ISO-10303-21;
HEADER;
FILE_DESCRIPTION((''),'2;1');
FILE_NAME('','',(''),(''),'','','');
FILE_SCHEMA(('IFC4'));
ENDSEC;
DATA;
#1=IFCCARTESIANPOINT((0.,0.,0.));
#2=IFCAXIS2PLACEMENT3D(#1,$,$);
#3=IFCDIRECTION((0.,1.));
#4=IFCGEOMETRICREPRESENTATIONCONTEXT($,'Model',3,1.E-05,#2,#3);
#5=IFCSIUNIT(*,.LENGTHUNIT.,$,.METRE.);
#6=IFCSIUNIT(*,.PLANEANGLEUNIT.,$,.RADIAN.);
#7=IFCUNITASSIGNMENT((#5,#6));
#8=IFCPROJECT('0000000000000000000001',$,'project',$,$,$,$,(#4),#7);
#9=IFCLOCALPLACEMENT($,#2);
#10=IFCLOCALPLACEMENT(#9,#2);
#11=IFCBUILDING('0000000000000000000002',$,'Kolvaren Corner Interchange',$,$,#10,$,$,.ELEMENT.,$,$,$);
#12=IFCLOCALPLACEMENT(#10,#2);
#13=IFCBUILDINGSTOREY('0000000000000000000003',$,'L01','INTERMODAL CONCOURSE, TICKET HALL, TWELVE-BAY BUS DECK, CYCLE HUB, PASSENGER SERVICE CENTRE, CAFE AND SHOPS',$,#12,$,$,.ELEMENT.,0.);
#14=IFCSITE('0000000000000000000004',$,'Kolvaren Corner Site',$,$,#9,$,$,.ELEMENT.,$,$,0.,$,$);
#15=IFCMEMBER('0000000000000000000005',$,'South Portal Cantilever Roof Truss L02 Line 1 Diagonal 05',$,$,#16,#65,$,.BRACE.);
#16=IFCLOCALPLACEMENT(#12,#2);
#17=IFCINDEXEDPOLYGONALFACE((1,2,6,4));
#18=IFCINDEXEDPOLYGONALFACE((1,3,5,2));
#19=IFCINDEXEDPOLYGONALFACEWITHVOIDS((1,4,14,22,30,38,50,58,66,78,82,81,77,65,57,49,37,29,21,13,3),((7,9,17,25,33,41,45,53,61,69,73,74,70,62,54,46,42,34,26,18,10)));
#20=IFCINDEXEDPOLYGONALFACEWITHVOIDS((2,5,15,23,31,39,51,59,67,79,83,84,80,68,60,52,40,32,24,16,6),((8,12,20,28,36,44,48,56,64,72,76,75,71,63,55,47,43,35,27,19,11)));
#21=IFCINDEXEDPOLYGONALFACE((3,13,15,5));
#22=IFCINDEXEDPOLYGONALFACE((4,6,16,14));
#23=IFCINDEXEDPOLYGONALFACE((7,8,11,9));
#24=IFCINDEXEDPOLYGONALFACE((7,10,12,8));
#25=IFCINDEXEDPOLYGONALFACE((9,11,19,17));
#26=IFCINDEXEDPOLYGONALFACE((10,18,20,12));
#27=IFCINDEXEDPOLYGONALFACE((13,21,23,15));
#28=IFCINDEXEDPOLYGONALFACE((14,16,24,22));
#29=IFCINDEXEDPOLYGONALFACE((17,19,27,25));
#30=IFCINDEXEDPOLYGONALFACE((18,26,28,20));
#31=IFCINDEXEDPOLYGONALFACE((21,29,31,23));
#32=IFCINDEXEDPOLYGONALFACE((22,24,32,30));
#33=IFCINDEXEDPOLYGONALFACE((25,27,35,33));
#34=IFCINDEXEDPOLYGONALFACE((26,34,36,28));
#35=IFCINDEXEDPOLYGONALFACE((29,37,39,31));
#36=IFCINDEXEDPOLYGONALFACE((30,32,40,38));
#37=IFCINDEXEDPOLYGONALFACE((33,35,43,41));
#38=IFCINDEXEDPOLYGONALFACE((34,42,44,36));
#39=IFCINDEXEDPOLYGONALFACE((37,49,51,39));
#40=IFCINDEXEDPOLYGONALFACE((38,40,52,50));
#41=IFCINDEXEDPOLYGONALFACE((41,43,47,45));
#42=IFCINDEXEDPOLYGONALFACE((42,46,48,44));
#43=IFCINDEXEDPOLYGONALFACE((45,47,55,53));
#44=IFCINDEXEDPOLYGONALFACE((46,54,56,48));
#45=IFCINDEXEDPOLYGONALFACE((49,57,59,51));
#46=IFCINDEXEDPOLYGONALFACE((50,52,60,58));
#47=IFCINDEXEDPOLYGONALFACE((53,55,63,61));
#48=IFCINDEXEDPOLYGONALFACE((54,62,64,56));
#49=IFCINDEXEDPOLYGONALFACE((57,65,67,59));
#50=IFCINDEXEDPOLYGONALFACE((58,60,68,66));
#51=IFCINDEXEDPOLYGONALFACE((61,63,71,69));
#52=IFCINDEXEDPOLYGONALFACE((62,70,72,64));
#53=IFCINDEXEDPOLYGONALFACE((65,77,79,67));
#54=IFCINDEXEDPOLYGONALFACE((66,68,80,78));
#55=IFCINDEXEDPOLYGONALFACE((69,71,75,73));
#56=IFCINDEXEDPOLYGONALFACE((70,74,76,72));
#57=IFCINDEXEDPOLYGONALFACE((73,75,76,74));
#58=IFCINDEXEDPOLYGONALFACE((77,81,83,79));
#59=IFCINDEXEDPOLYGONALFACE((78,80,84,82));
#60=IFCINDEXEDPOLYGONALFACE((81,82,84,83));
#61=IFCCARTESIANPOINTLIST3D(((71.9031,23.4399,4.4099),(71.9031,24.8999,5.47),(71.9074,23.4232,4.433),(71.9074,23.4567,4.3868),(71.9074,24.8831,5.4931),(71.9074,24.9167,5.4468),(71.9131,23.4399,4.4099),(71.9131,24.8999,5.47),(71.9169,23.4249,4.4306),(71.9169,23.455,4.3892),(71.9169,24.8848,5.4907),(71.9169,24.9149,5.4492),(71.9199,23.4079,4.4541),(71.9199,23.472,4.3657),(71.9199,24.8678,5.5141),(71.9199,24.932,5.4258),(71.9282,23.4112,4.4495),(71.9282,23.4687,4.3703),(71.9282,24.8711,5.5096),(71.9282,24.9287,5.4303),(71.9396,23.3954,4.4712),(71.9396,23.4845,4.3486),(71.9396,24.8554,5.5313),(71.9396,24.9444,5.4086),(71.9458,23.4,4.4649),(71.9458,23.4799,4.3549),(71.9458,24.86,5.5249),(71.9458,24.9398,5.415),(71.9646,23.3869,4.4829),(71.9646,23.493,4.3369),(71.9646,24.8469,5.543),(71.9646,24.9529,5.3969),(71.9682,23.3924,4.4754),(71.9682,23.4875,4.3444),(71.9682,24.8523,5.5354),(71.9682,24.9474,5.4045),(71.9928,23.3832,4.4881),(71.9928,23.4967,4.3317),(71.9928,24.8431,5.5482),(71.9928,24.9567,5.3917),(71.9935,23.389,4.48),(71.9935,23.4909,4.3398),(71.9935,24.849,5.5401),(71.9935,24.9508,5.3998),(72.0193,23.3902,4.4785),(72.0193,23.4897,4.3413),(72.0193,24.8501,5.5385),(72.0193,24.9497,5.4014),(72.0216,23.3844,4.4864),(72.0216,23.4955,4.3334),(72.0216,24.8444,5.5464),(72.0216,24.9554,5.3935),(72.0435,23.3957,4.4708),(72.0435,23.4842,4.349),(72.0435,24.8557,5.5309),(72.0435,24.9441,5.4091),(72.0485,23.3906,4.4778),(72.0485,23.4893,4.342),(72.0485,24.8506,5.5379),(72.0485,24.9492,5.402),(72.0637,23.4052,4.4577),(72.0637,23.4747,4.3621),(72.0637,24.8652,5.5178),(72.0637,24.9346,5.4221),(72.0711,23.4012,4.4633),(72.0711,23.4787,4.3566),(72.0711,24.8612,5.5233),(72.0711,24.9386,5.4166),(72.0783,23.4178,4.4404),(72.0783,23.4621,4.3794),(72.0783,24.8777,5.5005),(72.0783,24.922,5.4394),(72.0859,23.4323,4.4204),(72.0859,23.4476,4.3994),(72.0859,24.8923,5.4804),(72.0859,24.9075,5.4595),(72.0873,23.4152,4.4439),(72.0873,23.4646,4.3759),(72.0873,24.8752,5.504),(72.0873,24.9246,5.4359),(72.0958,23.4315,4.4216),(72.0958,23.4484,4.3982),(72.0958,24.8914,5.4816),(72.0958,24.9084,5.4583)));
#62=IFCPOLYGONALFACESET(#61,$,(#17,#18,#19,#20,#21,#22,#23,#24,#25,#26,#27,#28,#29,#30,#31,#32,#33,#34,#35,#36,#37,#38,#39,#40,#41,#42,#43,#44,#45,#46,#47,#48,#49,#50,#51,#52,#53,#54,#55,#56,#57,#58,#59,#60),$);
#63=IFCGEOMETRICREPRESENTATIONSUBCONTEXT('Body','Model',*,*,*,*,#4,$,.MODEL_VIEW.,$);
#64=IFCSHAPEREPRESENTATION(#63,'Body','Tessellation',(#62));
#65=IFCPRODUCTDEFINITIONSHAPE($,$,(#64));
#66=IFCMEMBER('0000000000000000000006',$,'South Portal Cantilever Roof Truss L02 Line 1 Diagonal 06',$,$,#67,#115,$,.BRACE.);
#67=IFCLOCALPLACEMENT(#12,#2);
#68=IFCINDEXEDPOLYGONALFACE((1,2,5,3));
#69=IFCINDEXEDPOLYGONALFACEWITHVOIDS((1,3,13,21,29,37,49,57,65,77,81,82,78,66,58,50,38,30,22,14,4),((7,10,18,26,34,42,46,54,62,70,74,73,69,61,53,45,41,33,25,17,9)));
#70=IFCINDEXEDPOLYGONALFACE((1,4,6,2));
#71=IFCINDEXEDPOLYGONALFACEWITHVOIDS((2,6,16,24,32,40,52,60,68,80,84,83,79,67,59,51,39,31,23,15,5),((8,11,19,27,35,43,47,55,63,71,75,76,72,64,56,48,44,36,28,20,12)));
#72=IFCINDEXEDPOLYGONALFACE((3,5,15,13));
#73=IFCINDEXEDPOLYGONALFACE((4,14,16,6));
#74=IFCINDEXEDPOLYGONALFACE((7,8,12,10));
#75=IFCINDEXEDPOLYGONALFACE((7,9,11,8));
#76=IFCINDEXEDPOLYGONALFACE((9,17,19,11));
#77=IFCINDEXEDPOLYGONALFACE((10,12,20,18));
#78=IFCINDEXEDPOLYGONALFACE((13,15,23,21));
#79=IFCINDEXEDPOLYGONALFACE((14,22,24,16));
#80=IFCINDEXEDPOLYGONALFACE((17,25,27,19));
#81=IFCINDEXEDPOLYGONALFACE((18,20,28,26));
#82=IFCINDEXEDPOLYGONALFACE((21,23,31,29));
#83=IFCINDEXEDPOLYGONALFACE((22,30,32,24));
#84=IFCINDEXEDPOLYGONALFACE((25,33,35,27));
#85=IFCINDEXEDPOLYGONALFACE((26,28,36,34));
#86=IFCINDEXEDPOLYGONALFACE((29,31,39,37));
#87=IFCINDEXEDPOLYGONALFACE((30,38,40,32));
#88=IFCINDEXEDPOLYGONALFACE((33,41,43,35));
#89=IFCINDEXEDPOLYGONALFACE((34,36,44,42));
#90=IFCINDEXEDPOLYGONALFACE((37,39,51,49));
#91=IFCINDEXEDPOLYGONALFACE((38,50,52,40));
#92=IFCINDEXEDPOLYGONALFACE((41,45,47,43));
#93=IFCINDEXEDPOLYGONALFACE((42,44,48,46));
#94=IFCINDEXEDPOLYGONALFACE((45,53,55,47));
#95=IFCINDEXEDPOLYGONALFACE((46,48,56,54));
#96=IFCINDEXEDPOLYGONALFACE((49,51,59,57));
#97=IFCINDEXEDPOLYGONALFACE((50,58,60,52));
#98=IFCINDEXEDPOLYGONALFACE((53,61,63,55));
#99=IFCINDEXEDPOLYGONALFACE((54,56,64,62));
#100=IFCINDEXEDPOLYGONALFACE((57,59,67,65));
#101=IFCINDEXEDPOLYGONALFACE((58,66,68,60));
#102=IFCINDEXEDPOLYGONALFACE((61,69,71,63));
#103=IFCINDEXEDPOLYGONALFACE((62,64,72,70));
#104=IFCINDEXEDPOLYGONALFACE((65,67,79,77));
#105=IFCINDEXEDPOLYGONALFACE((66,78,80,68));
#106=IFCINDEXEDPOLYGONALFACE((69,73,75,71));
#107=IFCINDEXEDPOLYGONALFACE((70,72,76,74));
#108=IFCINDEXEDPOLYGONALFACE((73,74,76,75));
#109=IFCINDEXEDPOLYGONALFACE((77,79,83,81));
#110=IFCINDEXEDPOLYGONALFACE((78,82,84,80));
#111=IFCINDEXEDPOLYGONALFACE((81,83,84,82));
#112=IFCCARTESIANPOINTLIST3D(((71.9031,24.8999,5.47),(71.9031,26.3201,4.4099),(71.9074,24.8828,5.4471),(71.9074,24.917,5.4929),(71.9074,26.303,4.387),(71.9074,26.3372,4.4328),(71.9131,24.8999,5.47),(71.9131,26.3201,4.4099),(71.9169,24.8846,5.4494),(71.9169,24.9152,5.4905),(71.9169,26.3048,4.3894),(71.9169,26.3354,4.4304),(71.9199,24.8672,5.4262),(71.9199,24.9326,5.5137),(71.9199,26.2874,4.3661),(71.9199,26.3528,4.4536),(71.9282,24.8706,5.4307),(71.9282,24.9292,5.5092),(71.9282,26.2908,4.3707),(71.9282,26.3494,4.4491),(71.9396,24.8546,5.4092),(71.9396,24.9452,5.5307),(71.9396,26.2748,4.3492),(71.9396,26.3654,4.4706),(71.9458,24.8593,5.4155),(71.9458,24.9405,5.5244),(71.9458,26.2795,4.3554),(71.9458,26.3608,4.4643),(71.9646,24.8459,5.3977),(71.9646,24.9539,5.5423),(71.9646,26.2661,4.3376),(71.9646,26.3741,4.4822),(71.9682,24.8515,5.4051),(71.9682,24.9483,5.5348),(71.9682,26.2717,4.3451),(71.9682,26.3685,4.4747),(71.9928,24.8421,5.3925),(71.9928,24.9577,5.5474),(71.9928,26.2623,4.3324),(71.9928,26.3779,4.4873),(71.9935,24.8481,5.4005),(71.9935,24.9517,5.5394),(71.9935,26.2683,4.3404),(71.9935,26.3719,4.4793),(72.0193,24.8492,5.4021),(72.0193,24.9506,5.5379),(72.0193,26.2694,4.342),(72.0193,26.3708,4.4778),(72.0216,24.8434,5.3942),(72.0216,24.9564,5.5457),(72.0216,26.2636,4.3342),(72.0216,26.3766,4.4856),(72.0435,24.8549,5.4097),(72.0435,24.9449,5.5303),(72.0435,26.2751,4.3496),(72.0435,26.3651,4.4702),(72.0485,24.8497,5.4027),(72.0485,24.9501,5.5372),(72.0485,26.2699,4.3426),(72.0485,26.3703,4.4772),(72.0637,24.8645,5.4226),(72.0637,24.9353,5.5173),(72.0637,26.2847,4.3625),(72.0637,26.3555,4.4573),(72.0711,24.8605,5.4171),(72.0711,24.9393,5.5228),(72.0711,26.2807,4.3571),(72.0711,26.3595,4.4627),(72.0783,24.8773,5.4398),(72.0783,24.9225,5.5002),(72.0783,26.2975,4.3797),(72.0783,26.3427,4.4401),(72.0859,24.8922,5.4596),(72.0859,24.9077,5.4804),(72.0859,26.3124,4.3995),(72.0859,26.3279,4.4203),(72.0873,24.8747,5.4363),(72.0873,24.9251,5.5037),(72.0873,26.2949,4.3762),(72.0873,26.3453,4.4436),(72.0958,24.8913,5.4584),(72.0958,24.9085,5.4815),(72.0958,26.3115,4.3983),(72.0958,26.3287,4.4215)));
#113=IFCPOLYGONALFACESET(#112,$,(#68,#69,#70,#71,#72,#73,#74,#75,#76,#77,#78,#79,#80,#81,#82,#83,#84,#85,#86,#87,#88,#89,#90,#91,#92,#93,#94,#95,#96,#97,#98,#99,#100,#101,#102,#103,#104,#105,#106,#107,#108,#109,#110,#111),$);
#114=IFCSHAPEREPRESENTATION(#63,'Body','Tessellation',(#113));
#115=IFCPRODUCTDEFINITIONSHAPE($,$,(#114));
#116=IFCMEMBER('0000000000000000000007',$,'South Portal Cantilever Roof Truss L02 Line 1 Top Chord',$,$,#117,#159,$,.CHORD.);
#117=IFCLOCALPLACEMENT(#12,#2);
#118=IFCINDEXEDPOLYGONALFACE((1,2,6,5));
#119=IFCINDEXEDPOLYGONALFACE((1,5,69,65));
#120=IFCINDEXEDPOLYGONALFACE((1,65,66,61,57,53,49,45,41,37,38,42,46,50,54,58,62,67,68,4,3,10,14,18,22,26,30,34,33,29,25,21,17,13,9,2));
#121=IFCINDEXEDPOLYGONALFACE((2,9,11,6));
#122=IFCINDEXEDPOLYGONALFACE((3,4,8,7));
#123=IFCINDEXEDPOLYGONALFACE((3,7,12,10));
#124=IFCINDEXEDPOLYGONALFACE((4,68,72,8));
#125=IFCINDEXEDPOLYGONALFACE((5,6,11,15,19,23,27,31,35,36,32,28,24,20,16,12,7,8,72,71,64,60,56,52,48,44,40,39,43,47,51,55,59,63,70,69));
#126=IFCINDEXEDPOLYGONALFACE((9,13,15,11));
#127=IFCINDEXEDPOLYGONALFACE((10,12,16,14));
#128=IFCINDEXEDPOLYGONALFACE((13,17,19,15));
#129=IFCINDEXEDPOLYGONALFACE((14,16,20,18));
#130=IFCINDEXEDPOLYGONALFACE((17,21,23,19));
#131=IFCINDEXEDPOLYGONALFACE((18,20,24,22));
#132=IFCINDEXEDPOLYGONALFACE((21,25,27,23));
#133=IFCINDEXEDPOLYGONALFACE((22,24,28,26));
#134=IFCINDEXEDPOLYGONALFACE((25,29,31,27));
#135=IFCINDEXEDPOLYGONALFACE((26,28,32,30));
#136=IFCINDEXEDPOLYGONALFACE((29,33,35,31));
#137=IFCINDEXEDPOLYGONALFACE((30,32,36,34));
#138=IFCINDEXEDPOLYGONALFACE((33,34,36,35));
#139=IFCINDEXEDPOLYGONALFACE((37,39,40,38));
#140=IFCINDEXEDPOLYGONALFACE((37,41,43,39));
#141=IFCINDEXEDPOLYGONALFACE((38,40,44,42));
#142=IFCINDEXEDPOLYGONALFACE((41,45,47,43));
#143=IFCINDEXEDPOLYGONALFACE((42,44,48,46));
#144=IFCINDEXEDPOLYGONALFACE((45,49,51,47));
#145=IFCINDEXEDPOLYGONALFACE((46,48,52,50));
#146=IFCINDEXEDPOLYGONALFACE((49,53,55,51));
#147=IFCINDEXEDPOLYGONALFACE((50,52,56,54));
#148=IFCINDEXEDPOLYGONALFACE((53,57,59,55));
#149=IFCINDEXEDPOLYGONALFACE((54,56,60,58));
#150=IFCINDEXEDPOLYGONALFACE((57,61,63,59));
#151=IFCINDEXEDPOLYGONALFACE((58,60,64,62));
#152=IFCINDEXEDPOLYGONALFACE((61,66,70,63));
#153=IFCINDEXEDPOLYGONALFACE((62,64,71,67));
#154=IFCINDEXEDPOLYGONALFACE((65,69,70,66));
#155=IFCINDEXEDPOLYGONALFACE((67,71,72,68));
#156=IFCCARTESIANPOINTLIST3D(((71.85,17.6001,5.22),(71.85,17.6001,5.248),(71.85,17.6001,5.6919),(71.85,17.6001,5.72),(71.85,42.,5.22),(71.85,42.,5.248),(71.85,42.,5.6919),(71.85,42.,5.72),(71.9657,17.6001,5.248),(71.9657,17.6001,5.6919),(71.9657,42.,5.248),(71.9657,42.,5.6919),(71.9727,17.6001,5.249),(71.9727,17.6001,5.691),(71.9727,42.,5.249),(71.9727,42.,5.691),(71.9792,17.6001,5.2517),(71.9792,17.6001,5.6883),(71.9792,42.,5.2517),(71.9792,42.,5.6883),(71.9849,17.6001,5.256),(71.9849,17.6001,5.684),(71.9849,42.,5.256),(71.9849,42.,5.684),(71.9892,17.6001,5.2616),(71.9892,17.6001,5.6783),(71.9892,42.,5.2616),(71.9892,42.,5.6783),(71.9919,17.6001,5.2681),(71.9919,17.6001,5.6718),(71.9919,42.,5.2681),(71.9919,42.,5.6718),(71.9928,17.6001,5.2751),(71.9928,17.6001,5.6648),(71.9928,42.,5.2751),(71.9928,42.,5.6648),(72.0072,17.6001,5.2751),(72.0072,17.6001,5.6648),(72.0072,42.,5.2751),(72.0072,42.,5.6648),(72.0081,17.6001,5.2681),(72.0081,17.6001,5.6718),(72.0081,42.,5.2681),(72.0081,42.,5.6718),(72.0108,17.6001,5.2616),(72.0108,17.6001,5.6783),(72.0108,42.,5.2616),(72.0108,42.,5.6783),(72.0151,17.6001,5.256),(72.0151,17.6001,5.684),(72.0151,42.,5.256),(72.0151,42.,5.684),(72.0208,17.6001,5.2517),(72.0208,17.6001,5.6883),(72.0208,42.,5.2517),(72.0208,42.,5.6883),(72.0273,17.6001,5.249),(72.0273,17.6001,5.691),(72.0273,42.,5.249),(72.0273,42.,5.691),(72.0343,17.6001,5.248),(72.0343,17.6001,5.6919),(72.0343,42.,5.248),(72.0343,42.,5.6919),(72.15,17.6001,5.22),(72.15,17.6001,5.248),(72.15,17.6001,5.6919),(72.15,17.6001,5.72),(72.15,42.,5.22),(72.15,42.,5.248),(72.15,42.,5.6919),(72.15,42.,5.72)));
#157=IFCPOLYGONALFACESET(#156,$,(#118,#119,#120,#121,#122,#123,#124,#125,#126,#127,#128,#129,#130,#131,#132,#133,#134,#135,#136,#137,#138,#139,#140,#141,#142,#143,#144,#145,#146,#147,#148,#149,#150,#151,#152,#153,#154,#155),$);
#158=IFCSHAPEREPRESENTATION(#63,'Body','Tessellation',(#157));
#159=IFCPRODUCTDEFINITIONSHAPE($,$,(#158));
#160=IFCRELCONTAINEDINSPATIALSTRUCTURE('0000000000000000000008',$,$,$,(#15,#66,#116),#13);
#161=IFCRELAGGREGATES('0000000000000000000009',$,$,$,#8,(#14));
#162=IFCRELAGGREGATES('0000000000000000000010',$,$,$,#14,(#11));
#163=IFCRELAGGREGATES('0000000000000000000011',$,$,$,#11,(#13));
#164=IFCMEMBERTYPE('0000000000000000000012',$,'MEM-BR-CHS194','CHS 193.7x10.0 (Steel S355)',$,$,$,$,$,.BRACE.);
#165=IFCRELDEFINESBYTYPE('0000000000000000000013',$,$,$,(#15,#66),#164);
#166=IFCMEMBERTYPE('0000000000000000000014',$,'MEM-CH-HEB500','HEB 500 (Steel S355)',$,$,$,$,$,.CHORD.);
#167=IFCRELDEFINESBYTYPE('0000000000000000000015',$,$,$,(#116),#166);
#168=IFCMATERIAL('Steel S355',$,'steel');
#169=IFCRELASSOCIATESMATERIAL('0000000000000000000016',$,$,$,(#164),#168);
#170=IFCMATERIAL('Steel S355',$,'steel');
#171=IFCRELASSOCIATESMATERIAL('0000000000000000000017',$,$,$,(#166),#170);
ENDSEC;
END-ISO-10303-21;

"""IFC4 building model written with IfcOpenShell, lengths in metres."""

from ifc_helpers import new_model, si_unit, direction, frame, origin, origin_2d, place, context, subcontext, project, spatial, hollow_circle, i_section, extrude, material, material_profile, profile_set, type_object, element, save


model = new_model("IFC4")

# Units and contexts
model_context = context("Model", 3, precision=1e-05, world=origin(), true_north=direction((0.0, 1.0)))
body_context = subcontext(model_context, "Body", "Model", "MODEL_VIEW")
ifc_project = project(units=[si_unit("LENGTHUNIT", "METRE"), si_unit("PLANEANGLEUNIT", "RADIAN")], contexts=[model_context])

# Site, building, storey
site_placement = place(None, origin())
site = spatial("IfcSite", under=ifc_project, at=site_placement, Name="Kolvaren Corner Site", CompositionType="ELEMENT", RefElevation=0.0)
building_placement = place(site_placement, origin())
building = spatial("IfcBuilding", under=site, at=building_placement, Name="Kolvaren Corner Interchange", CompositionType="ELEMENT")
storey_placement = place(building_placement, origin())
storey = spatial("IfcBuildingStorey", under=building, at=storey_placement, Name="L01", Description="INTERMODAL CONCOURSE, TICKET HALL, TWELVE-BAY BUS DECK, CYCLE HUB, PASSENGER SERVICE CENTRE, CAFE AND SHOPS", CompositionType="ELEMENT", Elevation=0.0)

# Members
ifc_material_1 = material(Name="Steel S355", Category="steel")
ifc_material_profile_1 = material_profile(ifc_material_1, hollow_circle(Radius=0.0969, WallThickness=0.01, at=origin_2d()), Name="CHS 193.7x10.0")
ifc_profile_set_1 = profile_set([ifc_material_profile_1], Name="Steel S355")
member_type_1 = type_object("IfcMemberType", Name="MEM-BR-CHS194", Description="CHS 193.7x10.0 (Steel S355)", PredefinedType="BRACE", material=ifc_profile_set_1)
member_1_placement = place(storey_placement, frame((72.0, 23.4399, 4.4099), z_axis=(0.0, 0.809192, 0.587544), x_axis=(-1.0, 0.0, 0.0)))
element("IfcMember", 1, at=member_1_placement, inside=storey, type_object=member_type_1, Name="South Portal Cantilever Roof Truss L02 Line 1 Diagonal 05", PredefinedType="BRACE", context=body_context, shape_type="SweptSolid", body=[
    extrude(hollow_circle(Radius=0.0969, WallThickness=0.01, at=origin_2d()), origin(), (0.0, 0.0, 1.0), 1.8042),
])
member_2_placement = place(storey_placement, frame((72.0, 24.8999, 5.47), z_axis=(0.0, 0.80137, -0.598169), x_axis=(-1.0, 0.0, 0.0)))
element("IfcMember", 2, at=member_2_placement, inside=storey, type_object=member_type_1, Name="South Portal Cantilever Roof Truss L02 Line 1 Diagonal 06", PredefinedType="BRACE", context=body_context, shape_type="SweptSolid", body=[
    extrude(hollow_circle(Radius=0.0969, WallThickness=0.01, at=origin_2d()), origin(), (0.0, 0.0, 1.0), 1.7722),
])
ifc_material_2 = material(Name="Steel S355", Category="steel")
ifc_material_profile_2 = material_profile(ifc_material_2, i_section(OverallWidth=0.3, OverallDepth=0.5, WebThickness=0.0144, FlangeThickness=0.0281, FilletRadius=0.0271, at=origin_2d()), Name="HEB 500")
ifc_profile_set_2 = profile_set([ifc_material_profile_2], Name="Steel S355")
member_type_2 = type_object("IfcMemberType", Name="MEM-CH-HEB500", Description="HEB 500 (Steel S355)", PredefinedType="CHORD", material=ifc_profile_set_2)
for number, where, z_axis, x_axis, name in (
    (3, (72.0, 17.6001, 5.47), (0.0, 1.0, 0.0), (-1.0, 0.0, 0.0), "South Portal Cantilever Roof Truss L02 Line 1 Top Chord"),
):
    element("IfcMember", number, at=place(storey_placement, frame(where, z_axis=z_axis, x_axis=x_axis)), inside=storey, type_object=member_type_2, Name=name, PredefinedType="CHORD", context=body_context, shape_type="SweptSolid", body=[
        extrude(i_section(OverallWidth=0.3, OverallDepth=0.5, WebThickness=0.0144, FlangeThickness=0.0281, FilletRadius=0.0271, at=origin_2d()), origin(), (0.0, 0.0, 1.0), 24.3999),
    ])

save(model, "model.ifc")
